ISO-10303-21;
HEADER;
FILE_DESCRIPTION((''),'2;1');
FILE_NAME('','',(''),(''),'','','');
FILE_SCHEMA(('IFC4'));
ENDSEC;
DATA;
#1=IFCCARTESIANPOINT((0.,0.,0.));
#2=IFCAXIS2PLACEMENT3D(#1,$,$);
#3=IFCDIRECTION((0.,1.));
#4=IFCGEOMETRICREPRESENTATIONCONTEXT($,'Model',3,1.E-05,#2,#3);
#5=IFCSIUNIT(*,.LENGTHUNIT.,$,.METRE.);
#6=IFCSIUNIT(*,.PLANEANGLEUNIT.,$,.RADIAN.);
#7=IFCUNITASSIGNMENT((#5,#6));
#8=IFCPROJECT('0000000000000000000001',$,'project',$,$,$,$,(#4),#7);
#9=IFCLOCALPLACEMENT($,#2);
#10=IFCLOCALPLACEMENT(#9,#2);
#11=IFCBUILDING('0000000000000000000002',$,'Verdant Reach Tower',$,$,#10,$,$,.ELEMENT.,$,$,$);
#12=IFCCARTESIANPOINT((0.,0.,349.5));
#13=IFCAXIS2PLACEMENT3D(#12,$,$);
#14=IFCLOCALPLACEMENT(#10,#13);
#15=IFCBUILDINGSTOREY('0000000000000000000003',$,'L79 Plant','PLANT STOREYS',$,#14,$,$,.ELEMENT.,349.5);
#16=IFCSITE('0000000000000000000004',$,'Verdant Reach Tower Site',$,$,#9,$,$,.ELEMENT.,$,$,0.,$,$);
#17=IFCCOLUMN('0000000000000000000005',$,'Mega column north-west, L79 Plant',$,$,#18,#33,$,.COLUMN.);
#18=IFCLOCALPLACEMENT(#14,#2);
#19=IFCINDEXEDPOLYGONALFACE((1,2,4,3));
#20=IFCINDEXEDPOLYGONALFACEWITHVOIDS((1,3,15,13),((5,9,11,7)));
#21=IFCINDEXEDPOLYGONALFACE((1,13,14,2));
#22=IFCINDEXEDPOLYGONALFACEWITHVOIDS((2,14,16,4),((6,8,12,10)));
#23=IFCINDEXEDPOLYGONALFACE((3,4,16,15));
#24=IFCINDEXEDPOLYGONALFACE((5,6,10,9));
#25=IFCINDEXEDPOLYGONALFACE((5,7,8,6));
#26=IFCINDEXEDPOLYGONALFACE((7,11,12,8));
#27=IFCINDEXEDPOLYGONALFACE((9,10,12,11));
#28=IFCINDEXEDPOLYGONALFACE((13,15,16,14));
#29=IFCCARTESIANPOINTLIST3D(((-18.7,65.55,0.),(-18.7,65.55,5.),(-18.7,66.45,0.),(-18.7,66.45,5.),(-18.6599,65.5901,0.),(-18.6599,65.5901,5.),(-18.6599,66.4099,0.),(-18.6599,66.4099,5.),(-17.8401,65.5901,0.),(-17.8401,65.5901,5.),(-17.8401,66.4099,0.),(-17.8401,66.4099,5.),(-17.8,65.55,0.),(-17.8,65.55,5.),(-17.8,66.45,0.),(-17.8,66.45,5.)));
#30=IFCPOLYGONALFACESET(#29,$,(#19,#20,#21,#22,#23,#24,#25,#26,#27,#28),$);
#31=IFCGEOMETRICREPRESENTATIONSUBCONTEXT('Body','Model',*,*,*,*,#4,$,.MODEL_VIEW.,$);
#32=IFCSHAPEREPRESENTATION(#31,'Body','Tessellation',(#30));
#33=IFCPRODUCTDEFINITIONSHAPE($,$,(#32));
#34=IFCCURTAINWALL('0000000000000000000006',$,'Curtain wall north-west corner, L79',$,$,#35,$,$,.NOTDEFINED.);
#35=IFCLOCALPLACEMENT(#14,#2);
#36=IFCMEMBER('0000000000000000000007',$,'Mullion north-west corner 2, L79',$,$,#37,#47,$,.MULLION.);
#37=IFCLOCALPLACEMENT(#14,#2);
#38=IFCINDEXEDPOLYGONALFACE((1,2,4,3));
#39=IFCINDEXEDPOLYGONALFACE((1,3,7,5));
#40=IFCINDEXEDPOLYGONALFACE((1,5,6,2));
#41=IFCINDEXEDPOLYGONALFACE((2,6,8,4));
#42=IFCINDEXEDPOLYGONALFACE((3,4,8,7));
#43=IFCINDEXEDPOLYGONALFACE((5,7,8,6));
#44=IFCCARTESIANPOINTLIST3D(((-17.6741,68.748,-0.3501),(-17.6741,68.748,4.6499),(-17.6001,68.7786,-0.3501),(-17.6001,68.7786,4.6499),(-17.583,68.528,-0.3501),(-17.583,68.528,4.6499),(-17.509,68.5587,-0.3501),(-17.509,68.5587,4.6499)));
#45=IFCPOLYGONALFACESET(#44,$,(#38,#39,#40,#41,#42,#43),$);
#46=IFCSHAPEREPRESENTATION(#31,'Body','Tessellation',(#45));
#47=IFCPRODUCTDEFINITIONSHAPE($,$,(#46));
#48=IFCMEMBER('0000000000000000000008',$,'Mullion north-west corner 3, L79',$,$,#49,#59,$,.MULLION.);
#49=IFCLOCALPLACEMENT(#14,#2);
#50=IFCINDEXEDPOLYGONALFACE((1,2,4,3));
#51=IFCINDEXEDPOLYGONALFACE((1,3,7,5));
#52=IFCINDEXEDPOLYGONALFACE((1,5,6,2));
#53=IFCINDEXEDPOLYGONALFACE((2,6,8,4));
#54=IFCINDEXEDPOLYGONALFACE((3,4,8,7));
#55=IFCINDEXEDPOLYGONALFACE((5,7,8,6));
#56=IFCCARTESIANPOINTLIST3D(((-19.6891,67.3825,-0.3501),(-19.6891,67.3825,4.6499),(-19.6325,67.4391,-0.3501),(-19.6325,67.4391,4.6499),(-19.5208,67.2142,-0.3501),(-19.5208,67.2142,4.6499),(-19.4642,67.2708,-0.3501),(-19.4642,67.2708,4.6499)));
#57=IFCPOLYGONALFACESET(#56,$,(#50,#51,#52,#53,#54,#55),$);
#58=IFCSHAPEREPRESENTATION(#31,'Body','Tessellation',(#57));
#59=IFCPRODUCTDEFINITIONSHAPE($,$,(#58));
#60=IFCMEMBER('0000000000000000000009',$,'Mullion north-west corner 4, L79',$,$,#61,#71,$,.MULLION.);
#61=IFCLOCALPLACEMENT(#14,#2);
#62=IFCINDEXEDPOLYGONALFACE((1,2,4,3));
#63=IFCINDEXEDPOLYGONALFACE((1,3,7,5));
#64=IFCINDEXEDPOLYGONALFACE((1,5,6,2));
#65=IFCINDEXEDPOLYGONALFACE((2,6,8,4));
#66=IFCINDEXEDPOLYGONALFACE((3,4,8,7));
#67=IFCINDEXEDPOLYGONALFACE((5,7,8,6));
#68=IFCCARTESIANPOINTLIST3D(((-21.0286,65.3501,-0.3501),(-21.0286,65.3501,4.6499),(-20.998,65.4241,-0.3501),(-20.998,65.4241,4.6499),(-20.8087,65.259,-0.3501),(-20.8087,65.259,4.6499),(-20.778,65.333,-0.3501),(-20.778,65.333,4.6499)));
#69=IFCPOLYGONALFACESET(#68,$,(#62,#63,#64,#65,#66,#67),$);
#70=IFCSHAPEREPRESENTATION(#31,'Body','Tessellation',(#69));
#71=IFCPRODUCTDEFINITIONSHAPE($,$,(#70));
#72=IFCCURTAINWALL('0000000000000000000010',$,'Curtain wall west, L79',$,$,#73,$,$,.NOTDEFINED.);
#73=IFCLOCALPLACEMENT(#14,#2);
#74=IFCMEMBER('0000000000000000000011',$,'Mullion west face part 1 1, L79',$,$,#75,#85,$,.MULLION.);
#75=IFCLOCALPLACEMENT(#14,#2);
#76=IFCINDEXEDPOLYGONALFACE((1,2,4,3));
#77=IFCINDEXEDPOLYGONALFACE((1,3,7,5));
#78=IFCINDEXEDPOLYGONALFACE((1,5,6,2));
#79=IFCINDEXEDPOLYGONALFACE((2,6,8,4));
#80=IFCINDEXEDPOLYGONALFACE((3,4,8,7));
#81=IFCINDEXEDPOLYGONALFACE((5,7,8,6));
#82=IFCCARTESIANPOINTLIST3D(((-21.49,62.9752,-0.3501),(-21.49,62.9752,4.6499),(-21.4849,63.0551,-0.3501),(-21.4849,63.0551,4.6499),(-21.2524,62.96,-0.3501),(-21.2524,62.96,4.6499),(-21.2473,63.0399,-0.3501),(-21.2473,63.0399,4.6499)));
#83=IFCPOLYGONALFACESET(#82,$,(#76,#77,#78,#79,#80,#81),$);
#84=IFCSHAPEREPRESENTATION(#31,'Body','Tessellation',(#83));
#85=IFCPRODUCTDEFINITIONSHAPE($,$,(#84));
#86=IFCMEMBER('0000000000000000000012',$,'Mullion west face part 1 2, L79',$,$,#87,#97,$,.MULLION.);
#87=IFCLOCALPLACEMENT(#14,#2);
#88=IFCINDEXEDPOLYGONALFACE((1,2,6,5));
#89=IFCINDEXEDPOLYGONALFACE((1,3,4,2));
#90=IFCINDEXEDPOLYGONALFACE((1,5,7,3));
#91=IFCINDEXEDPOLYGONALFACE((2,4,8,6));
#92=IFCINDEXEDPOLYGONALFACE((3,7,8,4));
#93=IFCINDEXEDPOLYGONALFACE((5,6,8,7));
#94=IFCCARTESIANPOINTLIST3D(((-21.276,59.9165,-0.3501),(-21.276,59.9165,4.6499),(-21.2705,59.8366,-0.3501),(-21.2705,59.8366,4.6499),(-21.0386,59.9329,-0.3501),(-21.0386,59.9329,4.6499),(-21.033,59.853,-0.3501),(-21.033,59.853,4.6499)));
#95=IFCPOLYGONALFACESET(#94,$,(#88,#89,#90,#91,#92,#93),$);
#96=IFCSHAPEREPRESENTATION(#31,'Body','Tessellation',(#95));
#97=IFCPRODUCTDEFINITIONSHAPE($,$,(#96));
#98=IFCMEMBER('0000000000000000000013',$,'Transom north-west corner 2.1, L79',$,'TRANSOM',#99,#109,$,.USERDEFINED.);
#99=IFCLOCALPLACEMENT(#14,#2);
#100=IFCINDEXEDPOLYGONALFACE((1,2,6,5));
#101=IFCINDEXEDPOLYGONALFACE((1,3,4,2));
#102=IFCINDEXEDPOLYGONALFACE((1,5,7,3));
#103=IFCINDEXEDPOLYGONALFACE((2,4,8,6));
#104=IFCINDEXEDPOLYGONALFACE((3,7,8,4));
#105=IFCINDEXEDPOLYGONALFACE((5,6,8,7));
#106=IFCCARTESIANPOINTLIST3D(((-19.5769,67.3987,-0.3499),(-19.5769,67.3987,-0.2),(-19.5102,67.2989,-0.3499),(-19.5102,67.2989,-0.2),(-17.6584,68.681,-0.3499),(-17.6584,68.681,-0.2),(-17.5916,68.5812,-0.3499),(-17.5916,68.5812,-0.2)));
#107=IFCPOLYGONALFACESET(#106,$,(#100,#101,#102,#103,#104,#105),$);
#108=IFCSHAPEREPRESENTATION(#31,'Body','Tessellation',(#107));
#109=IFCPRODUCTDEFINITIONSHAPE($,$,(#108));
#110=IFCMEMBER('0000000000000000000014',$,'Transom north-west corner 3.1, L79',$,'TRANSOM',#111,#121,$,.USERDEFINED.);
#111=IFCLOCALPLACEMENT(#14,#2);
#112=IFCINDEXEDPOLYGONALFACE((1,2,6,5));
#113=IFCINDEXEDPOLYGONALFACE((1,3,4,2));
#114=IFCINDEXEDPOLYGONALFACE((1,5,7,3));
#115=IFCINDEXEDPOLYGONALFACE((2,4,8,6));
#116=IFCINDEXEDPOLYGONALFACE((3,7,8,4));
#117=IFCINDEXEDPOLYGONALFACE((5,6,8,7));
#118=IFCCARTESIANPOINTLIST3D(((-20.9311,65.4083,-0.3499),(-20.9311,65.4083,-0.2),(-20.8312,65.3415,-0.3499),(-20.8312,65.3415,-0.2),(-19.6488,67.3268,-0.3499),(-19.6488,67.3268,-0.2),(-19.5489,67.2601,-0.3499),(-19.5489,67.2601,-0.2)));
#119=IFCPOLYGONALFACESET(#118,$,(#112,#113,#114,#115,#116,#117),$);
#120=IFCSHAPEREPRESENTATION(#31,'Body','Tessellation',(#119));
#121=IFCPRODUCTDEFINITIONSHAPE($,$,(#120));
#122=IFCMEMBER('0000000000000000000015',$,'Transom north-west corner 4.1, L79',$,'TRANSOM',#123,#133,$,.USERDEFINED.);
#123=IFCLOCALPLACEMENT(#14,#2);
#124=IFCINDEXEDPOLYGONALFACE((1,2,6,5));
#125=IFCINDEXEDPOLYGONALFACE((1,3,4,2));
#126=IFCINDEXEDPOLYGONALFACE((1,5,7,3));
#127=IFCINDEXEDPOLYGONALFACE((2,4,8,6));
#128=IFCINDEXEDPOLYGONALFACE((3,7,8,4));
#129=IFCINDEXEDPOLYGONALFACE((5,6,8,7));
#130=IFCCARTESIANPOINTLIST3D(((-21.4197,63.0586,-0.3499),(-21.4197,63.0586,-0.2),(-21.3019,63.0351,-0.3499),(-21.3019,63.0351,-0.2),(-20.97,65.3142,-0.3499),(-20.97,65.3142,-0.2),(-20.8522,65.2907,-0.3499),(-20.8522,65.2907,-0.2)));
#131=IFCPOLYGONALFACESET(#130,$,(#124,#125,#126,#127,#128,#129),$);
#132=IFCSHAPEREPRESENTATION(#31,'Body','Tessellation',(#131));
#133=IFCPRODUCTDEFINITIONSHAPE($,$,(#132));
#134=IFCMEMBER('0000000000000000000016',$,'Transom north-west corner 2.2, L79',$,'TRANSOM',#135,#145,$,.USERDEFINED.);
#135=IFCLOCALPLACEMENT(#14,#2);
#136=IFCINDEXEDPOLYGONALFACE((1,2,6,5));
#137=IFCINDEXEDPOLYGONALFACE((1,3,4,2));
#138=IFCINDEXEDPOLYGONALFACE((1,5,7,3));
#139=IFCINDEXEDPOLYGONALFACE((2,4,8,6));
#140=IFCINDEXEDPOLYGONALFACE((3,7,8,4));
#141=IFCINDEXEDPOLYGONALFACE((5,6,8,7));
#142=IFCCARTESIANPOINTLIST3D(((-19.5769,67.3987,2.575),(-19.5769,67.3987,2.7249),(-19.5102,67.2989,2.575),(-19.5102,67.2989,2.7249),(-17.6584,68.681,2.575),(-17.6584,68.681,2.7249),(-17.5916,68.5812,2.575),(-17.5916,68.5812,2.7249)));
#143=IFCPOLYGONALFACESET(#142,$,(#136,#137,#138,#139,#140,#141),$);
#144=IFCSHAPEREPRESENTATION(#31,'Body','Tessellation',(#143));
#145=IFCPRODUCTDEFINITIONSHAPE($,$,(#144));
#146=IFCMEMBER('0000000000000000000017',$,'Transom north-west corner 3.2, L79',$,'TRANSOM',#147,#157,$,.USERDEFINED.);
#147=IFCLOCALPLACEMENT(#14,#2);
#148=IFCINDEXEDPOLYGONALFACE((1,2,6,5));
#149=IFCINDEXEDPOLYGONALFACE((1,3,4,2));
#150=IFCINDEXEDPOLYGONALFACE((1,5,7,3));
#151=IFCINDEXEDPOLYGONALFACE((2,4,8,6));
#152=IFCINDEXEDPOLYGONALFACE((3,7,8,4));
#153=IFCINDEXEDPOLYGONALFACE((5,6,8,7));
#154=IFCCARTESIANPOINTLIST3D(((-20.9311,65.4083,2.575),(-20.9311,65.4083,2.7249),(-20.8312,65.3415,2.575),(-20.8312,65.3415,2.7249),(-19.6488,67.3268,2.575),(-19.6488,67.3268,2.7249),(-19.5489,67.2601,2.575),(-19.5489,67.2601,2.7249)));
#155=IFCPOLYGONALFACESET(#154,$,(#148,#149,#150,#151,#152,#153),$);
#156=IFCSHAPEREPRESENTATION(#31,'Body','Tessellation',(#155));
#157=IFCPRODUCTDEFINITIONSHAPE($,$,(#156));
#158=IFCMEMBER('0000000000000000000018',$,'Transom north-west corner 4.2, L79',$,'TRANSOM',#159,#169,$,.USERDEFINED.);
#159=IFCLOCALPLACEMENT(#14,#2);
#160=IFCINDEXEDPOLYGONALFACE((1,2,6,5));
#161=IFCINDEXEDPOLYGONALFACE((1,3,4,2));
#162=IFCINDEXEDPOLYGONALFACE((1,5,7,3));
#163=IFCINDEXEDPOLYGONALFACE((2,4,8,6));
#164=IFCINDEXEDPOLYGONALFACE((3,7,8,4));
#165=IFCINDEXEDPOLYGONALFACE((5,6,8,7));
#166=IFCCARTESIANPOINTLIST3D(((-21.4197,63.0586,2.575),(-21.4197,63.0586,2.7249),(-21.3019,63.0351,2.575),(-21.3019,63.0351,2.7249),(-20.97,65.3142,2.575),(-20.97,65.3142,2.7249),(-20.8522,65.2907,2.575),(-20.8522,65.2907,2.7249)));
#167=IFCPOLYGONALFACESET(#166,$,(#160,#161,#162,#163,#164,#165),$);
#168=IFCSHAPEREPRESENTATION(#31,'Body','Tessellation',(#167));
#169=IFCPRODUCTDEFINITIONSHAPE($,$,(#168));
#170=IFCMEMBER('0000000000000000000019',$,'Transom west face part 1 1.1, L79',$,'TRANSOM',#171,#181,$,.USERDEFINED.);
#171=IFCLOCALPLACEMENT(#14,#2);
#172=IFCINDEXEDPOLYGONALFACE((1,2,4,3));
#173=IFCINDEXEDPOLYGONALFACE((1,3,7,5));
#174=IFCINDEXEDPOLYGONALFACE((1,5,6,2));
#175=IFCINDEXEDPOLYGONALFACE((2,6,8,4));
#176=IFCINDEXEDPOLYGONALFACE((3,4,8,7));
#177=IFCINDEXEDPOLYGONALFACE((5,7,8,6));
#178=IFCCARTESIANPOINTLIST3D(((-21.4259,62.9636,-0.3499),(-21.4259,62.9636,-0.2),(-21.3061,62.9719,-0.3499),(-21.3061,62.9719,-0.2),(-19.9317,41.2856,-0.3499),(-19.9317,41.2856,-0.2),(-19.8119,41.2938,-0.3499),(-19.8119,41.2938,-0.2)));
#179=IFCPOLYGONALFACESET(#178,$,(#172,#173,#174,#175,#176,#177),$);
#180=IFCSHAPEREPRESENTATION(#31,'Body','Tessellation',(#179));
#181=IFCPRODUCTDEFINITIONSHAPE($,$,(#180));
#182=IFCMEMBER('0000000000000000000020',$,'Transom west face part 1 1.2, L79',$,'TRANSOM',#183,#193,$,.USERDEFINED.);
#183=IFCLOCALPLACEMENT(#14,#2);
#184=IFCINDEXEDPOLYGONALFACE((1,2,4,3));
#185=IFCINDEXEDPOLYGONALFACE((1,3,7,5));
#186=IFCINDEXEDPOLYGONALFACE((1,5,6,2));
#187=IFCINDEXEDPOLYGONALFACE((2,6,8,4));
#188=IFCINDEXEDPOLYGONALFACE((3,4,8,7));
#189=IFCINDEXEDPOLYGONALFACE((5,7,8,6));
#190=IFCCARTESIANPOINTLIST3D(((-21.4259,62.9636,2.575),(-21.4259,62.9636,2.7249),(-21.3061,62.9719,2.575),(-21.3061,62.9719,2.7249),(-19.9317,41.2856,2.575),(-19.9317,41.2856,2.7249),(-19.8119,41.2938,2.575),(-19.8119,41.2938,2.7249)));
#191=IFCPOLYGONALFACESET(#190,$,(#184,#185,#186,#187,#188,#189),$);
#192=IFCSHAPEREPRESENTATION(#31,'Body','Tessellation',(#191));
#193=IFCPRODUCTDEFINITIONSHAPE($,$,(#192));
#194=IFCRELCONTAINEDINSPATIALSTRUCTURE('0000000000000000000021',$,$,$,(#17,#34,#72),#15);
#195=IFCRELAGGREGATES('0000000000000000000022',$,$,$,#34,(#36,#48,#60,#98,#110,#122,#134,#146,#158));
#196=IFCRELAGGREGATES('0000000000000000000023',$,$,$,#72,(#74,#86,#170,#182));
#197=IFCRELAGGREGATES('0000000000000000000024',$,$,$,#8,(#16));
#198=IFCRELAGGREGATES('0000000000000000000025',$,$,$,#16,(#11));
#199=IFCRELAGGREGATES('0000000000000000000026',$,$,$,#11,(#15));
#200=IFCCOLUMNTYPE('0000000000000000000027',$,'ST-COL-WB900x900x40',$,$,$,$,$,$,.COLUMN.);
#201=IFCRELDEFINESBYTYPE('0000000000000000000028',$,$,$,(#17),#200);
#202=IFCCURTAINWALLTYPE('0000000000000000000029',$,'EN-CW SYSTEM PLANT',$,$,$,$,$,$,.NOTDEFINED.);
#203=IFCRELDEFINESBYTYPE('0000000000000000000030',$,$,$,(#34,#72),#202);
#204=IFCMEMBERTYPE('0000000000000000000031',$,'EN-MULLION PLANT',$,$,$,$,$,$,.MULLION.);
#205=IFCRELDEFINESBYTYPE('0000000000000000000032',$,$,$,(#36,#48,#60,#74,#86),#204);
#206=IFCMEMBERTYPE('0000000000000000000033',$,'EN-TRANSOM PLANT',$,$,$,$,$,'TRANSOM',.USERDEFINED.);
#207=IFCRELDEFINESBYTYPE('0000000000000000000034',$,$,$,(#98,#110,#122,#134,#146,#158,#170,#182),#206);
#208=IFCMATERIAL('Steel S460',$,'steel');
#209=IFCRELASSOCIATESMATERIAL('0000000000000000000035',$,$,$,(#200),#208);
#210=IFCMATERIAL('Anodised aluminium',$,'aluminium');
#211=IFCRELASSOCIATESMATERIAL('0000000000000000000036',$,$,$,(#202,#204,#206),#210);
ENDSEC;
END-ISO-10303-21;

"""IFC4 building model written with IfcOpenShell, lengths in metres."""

from ifc_helpers import new_model, si_unit, direction, frame, origin, origin_2d, place, context, subcontext, project, spatial, rectangle, hollow_rectangle, extrude, material, material_profile, profile_set, type_object, element, aggregate, save


model = new_model("IFC4")

# Units and contexts
model_context = context("Model", 3, precision=1e-05, world=origin(), true_north=direction((0.0, 1.0)))
body_context = subcontext(model_context, "Body", "Model", "MODEL_VIEW")
ifc_project = project(units=[si_unit("LENGTHUNIT", "METRE"), si_unit("PLANEANGLEUNIT", "RADIAN")], contexts=[model_context])

# Site, building, storey
site_placement = place(None, origin())
site = spatial("IfcSite", under=ifc_project, at=site_placement, Name="Verdant Reach Tower Site", CompositionType="ELEMENT", RefElevation=0.0)
building_placement = place(site_placement, origin())
building = spatial("IfcBuilding", under=site, at=building_placement, Name="Verdant Reach Tower", CompositionType="ELEMENT")
storey_placement = place(building_placement, frame((0.0, 0.0, 349.5)))
storey = spatial("IfcBuildingStorey", under=building, at=storey_placement, Name="L79 Plant", Description="PLANT STOREYS", CompositionType="ELEMENT", Elevation=349.5)

# Column
ifc_material_1 = material(Name="Steel S460", Category="steel")
ifc_material_profile_1 = material_profile(ifc_material_1, hollow_rectangle(XDim=0.8999, YDim=0.8999, WallThickness=0.04, at=origin_2d()), Name="WB 900x900x40")
ifc_profile_set_1 = profile_set([ifc_material_profile_1], Name="Steel S460")
column_type = type_object("IfcColumnType", Name="ST-COL-WB900x900x40", PredefinedType="COLUMN", material=ifc_profile_set_1)
column_placement = place(storey_placement, frame((-18.25, 66.0, 0.0), z_axis=(0.0, 0.0, 1.0), x_axis=(1.0, 0.0, 0.0)))
element("IfcColumn", 1, at=column_placement, inside=storey, type_object=column_type, Name="Mega column north-west, L79 Plant", PredefinedType="COLUMN", context=body_context, shape_type="SweptSolid", body=[
    extrude(hollow_rectangle(XDim=0.8999, YDim=0.8999, WallThickness=0.04, at=origin_2d()), origin(), (0.0, 0.0, 1.0), 5.0),
])

# Curtain walls, members
ifc_material_2 = material(Name="Anodised aluminium", Category="aluminium")
curtain_wall_type = type_object("IfcCurtainWallType", Name="EN-CW SYSTEM PLANT", PredefinedType="NOTDEFINED", material=ifc_material_2)
curtain_wall_1_placement = place(storey_placement, origin())
curtain_wall_1 = element("IfcCurtainWall", 2, at=curtain_wall_1_placement, inside=storey, type_object=curtain_wall_type, Name="Curtain wall north-west corner, L79", PredefinedType="NOTDEFINED")
ifc_material_profile_2 = material_profile(ifc_material_2, rectangle(XDim=0.238, YDim=0.0801, at=origin_2d()), Name="Mullion 80x240")
ifc_profile_set_2 = profile_set([ifc_material_profile_2], Name="Anodised aluminium")
member_type_1 = type_object("IfcMemberType", Name="EN-MULLION PLANT", PredefinedType="MULLION", material=ifc_profile_set_2)
member_1_placement = place(storey_placement, frame((-17.5916, 68.6533, -0.3501), z_axis=(0.0, 0.0, 1.0), x_axis=(-0.382694, 0.923875, 0.0)))
member_1 = element("IfcMember", 3, at=member_1_placement, type_object=member_type_1, Name="Mullion north-west corner 2, L79", PredefinedType="MULLION", context=body_context, shape_type="SweptSolid", body=[
    extrude(rectangle(XDim=0.238, YDim=0.0801, at=origin_2d()), origin(), (0.0, 0.0, 1.0), 5.0),
])
member_2_placement = place(storey_placement, frame((-19.5767, 67.3267, -0.3501), z_axis=(0.0, 0.0, 1.0), x_axis=(-0.707107, 0.707107, 0.0)))
member_2 = element("IfcMember", 4, at=member_2_placement, type_object=member_type_1, Name="Mullion north-west corner 3, L79", PredefinedType="MULLION", context=body_context, shape_type="SweptSolid", body=[
    extrude(rectangle(XDim=0.238, YDim=0.0801, at=origin_2d()), origin(), (0.0, 0.0, 1.0), 5.0),
])
member_3_placement = place(storey_placement, frame((-20.9033, 65.3416, -0.3501), z_axis=(0.0, 0.0, 1.0), x_axis=(-0.923875, 0.382694, 0.0)))
member_3 = element("IfcMember", 5, at=member_3_placement, type_object=member_type_1, Name="Mullion north-west corner 4, L79", PredefinedType="MULLION", context=body_context, shape_type="SweptSolid", body=[
    extrude(rectangle(XDim=0.238, YDim=0.0801, at=origin_2d()), origin(), (0.0, 0.0, 1.0), 5.0),
])
curtain_wall_2_placement = place(storey_placement, origin())
curtain_wall_2 = element("IfcCurtainWall", 6, at=curtain_wall_2_placement, inside=storey, type_object=curtain_wall_type, Name="Curtain wall west, L79", PredefinedType="NOTDEFINED")
member_4_placement = place(storey_placement, frame((-21.3687, 63.0076, -0.3501), z_axis=(0.0, 0.0, 1.0), x_axis=(-0.997969, 0.063699, 0.0)))
member_4 = element("IfcMember", 7, at=member_4_placement, type_object=member_type_1, Name="Mullion west face part 1 1, L79", PredefinedType="MULLION", context=body_context, shape_type="SweptSolid", body=[
    extrude(rectangle(XDim=0.238, YDim=0.0801, at=origin_2d()), origin(), (0.0, 0.0, 1.0), 5.0),
])
member_5_placement = place(storey_placement, frame((-21.1545, 59.8848, -0.3501), z_axis=(0.0, 0.0, 1.0), x_axis=(-0.99763, -0.068802, 0.0)))
member_5 = element("IfcMember", 8, at=member_5_placement, type_object=member_type_1, Name="Mullion west face part 1 2, L79", PredefinedType="MULLION", context=body_context, shape_type="SweptSolid", body=[
    extrude(rectangle(XDim=0.238, YDim=0.0801, at=origin_2d()), origin(), (0.0, 0.0, 1.0), 5.0),
])

# Members
ifc_material_profile_3 = material_profile(ifc_material_2, rectangle(XDim=0.1201, YDim=0.1499, at=origin_2d()), Name="Transom 150x120")
ifc_profile_set_3 = profile_set([ifc_material_profile_3], Name="Anodised aluminium")
member_type_2 = type_object("IfcMemberType", Name="EN-TRANSOM PLANT", ElementType="TRANSOM", PredefinedType="USERDEFINED", material=ifc_profile_set_3)
member_6_placement = place(storey_placement, frame((-17.625, 68.6311, -0.2749), z_axis=(-0.831399, -0.555676, 0.0), x_axis=(0.555676, -0.831399, 0.0)))
member_6 = element("IfcMember", 9, at=member_6_placement, type_object=member_type_2, Name="Transom north-west corner 2.1, L79", ObjectType="TRANSOM", PredefinedType="USERDEFINED", context=body_context, shape_type="SweptSolid", body=[
    extrude(rectangle(XDim=0.1201, YDim=0.1499, at=origin_2d()), origin(), (0.0, 0.0, 1.0), 2.3076),
])
member_7_placement = place(storey_placement, frame((-19.5989, 67.2935, -0.2749), z_axis=(-0.555676, -0.831399, 0.0), x_axis=(0.831399, -0.555676, 0.0)))
member_7 = element("IfcMember", 10, at=member_7_placement, type_object=member_type_2, Name="Transom north-west corner 3.1, L79", ObjectType="TRANSOM", PredefinedType="USERDEFINED", context=body_context, shape_type="SweptSolid", body=[
    extrude(rectangle(XDim=0.1201, YDim=0.1499, at=origin_2d()), origin(), (0.0, 0.0, 1.0), 2.3076),
])
member_8_placement = place(storey_placement, frame((-20.9111, 65.3025, -0.2749), z_axis=(-0.195524, -0.980699, 0.0), x_axis=(0.980699, -0.195524, 0.0)))
member_8 = element("IfcMember", 11, at=member_8_placement, type_object=member_type_2, Name="Transom north-west corner 4.1, L79", ObjectType="TRANSOM", PredefinedType="USERDEFINED", context=body_context, shape_type="SweptSolid", body=[
    extrude(rectangle(XDim=0.1201, YDim=0.1499, at=origin_2d()), origin(), (0.0, 0.0, 1.0), 2.3),
])
member_9_placement = place(storey_placement, frame((-17.625, 68.6311, 2.6499), z_axis=(-0.831399, -0.555676, 0.0), x_axis=(0.555676, -0.831399, 0.0)))
member_9 = element("IfcMember", 12, at=member_9_placement, type_object=member_type_2, Name="Transom north-west corner 2.2, L79", ObjectType="TRANSOM", PredefinedType="USERDEFINED", context=body_context, shape_type="SweptSolid", body=[
    extrude(rectangle(XDim=0.1201, YDim=0.1499, at=origin_2d()), origin(), (0.0, 0.0, 1.0), 2.3076),
])
member_10_placement = place(storey_placement, frame((-19.5989, 67.2935, 2.6499), z_axis=(-0.555676, -0.831399, 0.0), x_axis=(0.831399, -0.555676, 0.0)))
member_10 = element("IfcMember", 13, at=member_10_placement, type_object=member_type_2, Name="Transom north-west corner 3.2, L79", ObjectType="TRANSOM", PredefinedType="USERDEFINED", context=body_context, shape_type="SweptSolid", body=[
    extrude(rectangle(XDim=0.1201, YDim=0.1499, at=origin_2d()), origin(), (0.0, 0.0, 1.0), 2.3076),
])
member_11_placement = place(storey_placement, frame((-20.9111, 65.3025, 2.6499), z_axis=(-0.195524, -0.980699, 0.0), x_axis=(0.980699, -0.195524, 0.0)))
member_11 = element("IfcMember", 14, at=member_11_placement, type_object=member_type_2, Name="Transom north-west corner 4.2, L79", ObjectType="TRANSOM", PredefinedType="USERDEFINED", context=body_context, shape_type="SweptSolid", body=[
    extrude(rectangle(XDim=0.1201, YDim=0.1499, at=origin_2d()), origin(), (0.0, 0.0, 1.0), 2.3),
])
member_12_placement = place(storey_placement, frame((-21.366, 62.9678, -0.2749), z_axis=(0.068761, -0.997633, 0.0), x_axis=(0.997633, 0.068761, 0.0)))
member_12 = element("IfcMember", 15, at=member_12_placement, type_object=member_type_2, Name="Transom west face part 1 1.1, L79", ObjectType="TRANSOM", PredefinedType="USERDEFINED", context=body_context, shape_type="SweptSolid", body=[
    extrude(rectangle(XDim=0.1201, YDim=0.1499, at=origin_2d()), origin(), (0.0, 0.0, 1.0), 21.7295),
])
member_13_placement = place(storey_placement, frame((-21.366, 62.9678, 2.6499), z_axis=(0.068761, -0.997633, 0.0), x_axis=(0.997633, 0.068761, 0.0)))
member_13 = element("IfcMember", 16, at=member_13_placement, type_object=member_type_2, Name="Transom west face part 1 1.2, L79", ObjectType="TRANSOM", PredefinedType="USERDEFINED", context=body_context, shape_type="SweptSolid", body=[
    extrude(rectangle(XDim=0.1201, YDim=0.1499, at=origin_2d()), origin(), (0.0, 0.0, 1.0), 21.7295),
])

aggregate(curtain_wall_1, [member_1, member_2, member_3, member_6, member_7, member_8, member_9, member_10, member_11])
aggregate(curtain_wall_2, [member_4, member_5, member_12, member_13])

save(model, "model.ifc")
